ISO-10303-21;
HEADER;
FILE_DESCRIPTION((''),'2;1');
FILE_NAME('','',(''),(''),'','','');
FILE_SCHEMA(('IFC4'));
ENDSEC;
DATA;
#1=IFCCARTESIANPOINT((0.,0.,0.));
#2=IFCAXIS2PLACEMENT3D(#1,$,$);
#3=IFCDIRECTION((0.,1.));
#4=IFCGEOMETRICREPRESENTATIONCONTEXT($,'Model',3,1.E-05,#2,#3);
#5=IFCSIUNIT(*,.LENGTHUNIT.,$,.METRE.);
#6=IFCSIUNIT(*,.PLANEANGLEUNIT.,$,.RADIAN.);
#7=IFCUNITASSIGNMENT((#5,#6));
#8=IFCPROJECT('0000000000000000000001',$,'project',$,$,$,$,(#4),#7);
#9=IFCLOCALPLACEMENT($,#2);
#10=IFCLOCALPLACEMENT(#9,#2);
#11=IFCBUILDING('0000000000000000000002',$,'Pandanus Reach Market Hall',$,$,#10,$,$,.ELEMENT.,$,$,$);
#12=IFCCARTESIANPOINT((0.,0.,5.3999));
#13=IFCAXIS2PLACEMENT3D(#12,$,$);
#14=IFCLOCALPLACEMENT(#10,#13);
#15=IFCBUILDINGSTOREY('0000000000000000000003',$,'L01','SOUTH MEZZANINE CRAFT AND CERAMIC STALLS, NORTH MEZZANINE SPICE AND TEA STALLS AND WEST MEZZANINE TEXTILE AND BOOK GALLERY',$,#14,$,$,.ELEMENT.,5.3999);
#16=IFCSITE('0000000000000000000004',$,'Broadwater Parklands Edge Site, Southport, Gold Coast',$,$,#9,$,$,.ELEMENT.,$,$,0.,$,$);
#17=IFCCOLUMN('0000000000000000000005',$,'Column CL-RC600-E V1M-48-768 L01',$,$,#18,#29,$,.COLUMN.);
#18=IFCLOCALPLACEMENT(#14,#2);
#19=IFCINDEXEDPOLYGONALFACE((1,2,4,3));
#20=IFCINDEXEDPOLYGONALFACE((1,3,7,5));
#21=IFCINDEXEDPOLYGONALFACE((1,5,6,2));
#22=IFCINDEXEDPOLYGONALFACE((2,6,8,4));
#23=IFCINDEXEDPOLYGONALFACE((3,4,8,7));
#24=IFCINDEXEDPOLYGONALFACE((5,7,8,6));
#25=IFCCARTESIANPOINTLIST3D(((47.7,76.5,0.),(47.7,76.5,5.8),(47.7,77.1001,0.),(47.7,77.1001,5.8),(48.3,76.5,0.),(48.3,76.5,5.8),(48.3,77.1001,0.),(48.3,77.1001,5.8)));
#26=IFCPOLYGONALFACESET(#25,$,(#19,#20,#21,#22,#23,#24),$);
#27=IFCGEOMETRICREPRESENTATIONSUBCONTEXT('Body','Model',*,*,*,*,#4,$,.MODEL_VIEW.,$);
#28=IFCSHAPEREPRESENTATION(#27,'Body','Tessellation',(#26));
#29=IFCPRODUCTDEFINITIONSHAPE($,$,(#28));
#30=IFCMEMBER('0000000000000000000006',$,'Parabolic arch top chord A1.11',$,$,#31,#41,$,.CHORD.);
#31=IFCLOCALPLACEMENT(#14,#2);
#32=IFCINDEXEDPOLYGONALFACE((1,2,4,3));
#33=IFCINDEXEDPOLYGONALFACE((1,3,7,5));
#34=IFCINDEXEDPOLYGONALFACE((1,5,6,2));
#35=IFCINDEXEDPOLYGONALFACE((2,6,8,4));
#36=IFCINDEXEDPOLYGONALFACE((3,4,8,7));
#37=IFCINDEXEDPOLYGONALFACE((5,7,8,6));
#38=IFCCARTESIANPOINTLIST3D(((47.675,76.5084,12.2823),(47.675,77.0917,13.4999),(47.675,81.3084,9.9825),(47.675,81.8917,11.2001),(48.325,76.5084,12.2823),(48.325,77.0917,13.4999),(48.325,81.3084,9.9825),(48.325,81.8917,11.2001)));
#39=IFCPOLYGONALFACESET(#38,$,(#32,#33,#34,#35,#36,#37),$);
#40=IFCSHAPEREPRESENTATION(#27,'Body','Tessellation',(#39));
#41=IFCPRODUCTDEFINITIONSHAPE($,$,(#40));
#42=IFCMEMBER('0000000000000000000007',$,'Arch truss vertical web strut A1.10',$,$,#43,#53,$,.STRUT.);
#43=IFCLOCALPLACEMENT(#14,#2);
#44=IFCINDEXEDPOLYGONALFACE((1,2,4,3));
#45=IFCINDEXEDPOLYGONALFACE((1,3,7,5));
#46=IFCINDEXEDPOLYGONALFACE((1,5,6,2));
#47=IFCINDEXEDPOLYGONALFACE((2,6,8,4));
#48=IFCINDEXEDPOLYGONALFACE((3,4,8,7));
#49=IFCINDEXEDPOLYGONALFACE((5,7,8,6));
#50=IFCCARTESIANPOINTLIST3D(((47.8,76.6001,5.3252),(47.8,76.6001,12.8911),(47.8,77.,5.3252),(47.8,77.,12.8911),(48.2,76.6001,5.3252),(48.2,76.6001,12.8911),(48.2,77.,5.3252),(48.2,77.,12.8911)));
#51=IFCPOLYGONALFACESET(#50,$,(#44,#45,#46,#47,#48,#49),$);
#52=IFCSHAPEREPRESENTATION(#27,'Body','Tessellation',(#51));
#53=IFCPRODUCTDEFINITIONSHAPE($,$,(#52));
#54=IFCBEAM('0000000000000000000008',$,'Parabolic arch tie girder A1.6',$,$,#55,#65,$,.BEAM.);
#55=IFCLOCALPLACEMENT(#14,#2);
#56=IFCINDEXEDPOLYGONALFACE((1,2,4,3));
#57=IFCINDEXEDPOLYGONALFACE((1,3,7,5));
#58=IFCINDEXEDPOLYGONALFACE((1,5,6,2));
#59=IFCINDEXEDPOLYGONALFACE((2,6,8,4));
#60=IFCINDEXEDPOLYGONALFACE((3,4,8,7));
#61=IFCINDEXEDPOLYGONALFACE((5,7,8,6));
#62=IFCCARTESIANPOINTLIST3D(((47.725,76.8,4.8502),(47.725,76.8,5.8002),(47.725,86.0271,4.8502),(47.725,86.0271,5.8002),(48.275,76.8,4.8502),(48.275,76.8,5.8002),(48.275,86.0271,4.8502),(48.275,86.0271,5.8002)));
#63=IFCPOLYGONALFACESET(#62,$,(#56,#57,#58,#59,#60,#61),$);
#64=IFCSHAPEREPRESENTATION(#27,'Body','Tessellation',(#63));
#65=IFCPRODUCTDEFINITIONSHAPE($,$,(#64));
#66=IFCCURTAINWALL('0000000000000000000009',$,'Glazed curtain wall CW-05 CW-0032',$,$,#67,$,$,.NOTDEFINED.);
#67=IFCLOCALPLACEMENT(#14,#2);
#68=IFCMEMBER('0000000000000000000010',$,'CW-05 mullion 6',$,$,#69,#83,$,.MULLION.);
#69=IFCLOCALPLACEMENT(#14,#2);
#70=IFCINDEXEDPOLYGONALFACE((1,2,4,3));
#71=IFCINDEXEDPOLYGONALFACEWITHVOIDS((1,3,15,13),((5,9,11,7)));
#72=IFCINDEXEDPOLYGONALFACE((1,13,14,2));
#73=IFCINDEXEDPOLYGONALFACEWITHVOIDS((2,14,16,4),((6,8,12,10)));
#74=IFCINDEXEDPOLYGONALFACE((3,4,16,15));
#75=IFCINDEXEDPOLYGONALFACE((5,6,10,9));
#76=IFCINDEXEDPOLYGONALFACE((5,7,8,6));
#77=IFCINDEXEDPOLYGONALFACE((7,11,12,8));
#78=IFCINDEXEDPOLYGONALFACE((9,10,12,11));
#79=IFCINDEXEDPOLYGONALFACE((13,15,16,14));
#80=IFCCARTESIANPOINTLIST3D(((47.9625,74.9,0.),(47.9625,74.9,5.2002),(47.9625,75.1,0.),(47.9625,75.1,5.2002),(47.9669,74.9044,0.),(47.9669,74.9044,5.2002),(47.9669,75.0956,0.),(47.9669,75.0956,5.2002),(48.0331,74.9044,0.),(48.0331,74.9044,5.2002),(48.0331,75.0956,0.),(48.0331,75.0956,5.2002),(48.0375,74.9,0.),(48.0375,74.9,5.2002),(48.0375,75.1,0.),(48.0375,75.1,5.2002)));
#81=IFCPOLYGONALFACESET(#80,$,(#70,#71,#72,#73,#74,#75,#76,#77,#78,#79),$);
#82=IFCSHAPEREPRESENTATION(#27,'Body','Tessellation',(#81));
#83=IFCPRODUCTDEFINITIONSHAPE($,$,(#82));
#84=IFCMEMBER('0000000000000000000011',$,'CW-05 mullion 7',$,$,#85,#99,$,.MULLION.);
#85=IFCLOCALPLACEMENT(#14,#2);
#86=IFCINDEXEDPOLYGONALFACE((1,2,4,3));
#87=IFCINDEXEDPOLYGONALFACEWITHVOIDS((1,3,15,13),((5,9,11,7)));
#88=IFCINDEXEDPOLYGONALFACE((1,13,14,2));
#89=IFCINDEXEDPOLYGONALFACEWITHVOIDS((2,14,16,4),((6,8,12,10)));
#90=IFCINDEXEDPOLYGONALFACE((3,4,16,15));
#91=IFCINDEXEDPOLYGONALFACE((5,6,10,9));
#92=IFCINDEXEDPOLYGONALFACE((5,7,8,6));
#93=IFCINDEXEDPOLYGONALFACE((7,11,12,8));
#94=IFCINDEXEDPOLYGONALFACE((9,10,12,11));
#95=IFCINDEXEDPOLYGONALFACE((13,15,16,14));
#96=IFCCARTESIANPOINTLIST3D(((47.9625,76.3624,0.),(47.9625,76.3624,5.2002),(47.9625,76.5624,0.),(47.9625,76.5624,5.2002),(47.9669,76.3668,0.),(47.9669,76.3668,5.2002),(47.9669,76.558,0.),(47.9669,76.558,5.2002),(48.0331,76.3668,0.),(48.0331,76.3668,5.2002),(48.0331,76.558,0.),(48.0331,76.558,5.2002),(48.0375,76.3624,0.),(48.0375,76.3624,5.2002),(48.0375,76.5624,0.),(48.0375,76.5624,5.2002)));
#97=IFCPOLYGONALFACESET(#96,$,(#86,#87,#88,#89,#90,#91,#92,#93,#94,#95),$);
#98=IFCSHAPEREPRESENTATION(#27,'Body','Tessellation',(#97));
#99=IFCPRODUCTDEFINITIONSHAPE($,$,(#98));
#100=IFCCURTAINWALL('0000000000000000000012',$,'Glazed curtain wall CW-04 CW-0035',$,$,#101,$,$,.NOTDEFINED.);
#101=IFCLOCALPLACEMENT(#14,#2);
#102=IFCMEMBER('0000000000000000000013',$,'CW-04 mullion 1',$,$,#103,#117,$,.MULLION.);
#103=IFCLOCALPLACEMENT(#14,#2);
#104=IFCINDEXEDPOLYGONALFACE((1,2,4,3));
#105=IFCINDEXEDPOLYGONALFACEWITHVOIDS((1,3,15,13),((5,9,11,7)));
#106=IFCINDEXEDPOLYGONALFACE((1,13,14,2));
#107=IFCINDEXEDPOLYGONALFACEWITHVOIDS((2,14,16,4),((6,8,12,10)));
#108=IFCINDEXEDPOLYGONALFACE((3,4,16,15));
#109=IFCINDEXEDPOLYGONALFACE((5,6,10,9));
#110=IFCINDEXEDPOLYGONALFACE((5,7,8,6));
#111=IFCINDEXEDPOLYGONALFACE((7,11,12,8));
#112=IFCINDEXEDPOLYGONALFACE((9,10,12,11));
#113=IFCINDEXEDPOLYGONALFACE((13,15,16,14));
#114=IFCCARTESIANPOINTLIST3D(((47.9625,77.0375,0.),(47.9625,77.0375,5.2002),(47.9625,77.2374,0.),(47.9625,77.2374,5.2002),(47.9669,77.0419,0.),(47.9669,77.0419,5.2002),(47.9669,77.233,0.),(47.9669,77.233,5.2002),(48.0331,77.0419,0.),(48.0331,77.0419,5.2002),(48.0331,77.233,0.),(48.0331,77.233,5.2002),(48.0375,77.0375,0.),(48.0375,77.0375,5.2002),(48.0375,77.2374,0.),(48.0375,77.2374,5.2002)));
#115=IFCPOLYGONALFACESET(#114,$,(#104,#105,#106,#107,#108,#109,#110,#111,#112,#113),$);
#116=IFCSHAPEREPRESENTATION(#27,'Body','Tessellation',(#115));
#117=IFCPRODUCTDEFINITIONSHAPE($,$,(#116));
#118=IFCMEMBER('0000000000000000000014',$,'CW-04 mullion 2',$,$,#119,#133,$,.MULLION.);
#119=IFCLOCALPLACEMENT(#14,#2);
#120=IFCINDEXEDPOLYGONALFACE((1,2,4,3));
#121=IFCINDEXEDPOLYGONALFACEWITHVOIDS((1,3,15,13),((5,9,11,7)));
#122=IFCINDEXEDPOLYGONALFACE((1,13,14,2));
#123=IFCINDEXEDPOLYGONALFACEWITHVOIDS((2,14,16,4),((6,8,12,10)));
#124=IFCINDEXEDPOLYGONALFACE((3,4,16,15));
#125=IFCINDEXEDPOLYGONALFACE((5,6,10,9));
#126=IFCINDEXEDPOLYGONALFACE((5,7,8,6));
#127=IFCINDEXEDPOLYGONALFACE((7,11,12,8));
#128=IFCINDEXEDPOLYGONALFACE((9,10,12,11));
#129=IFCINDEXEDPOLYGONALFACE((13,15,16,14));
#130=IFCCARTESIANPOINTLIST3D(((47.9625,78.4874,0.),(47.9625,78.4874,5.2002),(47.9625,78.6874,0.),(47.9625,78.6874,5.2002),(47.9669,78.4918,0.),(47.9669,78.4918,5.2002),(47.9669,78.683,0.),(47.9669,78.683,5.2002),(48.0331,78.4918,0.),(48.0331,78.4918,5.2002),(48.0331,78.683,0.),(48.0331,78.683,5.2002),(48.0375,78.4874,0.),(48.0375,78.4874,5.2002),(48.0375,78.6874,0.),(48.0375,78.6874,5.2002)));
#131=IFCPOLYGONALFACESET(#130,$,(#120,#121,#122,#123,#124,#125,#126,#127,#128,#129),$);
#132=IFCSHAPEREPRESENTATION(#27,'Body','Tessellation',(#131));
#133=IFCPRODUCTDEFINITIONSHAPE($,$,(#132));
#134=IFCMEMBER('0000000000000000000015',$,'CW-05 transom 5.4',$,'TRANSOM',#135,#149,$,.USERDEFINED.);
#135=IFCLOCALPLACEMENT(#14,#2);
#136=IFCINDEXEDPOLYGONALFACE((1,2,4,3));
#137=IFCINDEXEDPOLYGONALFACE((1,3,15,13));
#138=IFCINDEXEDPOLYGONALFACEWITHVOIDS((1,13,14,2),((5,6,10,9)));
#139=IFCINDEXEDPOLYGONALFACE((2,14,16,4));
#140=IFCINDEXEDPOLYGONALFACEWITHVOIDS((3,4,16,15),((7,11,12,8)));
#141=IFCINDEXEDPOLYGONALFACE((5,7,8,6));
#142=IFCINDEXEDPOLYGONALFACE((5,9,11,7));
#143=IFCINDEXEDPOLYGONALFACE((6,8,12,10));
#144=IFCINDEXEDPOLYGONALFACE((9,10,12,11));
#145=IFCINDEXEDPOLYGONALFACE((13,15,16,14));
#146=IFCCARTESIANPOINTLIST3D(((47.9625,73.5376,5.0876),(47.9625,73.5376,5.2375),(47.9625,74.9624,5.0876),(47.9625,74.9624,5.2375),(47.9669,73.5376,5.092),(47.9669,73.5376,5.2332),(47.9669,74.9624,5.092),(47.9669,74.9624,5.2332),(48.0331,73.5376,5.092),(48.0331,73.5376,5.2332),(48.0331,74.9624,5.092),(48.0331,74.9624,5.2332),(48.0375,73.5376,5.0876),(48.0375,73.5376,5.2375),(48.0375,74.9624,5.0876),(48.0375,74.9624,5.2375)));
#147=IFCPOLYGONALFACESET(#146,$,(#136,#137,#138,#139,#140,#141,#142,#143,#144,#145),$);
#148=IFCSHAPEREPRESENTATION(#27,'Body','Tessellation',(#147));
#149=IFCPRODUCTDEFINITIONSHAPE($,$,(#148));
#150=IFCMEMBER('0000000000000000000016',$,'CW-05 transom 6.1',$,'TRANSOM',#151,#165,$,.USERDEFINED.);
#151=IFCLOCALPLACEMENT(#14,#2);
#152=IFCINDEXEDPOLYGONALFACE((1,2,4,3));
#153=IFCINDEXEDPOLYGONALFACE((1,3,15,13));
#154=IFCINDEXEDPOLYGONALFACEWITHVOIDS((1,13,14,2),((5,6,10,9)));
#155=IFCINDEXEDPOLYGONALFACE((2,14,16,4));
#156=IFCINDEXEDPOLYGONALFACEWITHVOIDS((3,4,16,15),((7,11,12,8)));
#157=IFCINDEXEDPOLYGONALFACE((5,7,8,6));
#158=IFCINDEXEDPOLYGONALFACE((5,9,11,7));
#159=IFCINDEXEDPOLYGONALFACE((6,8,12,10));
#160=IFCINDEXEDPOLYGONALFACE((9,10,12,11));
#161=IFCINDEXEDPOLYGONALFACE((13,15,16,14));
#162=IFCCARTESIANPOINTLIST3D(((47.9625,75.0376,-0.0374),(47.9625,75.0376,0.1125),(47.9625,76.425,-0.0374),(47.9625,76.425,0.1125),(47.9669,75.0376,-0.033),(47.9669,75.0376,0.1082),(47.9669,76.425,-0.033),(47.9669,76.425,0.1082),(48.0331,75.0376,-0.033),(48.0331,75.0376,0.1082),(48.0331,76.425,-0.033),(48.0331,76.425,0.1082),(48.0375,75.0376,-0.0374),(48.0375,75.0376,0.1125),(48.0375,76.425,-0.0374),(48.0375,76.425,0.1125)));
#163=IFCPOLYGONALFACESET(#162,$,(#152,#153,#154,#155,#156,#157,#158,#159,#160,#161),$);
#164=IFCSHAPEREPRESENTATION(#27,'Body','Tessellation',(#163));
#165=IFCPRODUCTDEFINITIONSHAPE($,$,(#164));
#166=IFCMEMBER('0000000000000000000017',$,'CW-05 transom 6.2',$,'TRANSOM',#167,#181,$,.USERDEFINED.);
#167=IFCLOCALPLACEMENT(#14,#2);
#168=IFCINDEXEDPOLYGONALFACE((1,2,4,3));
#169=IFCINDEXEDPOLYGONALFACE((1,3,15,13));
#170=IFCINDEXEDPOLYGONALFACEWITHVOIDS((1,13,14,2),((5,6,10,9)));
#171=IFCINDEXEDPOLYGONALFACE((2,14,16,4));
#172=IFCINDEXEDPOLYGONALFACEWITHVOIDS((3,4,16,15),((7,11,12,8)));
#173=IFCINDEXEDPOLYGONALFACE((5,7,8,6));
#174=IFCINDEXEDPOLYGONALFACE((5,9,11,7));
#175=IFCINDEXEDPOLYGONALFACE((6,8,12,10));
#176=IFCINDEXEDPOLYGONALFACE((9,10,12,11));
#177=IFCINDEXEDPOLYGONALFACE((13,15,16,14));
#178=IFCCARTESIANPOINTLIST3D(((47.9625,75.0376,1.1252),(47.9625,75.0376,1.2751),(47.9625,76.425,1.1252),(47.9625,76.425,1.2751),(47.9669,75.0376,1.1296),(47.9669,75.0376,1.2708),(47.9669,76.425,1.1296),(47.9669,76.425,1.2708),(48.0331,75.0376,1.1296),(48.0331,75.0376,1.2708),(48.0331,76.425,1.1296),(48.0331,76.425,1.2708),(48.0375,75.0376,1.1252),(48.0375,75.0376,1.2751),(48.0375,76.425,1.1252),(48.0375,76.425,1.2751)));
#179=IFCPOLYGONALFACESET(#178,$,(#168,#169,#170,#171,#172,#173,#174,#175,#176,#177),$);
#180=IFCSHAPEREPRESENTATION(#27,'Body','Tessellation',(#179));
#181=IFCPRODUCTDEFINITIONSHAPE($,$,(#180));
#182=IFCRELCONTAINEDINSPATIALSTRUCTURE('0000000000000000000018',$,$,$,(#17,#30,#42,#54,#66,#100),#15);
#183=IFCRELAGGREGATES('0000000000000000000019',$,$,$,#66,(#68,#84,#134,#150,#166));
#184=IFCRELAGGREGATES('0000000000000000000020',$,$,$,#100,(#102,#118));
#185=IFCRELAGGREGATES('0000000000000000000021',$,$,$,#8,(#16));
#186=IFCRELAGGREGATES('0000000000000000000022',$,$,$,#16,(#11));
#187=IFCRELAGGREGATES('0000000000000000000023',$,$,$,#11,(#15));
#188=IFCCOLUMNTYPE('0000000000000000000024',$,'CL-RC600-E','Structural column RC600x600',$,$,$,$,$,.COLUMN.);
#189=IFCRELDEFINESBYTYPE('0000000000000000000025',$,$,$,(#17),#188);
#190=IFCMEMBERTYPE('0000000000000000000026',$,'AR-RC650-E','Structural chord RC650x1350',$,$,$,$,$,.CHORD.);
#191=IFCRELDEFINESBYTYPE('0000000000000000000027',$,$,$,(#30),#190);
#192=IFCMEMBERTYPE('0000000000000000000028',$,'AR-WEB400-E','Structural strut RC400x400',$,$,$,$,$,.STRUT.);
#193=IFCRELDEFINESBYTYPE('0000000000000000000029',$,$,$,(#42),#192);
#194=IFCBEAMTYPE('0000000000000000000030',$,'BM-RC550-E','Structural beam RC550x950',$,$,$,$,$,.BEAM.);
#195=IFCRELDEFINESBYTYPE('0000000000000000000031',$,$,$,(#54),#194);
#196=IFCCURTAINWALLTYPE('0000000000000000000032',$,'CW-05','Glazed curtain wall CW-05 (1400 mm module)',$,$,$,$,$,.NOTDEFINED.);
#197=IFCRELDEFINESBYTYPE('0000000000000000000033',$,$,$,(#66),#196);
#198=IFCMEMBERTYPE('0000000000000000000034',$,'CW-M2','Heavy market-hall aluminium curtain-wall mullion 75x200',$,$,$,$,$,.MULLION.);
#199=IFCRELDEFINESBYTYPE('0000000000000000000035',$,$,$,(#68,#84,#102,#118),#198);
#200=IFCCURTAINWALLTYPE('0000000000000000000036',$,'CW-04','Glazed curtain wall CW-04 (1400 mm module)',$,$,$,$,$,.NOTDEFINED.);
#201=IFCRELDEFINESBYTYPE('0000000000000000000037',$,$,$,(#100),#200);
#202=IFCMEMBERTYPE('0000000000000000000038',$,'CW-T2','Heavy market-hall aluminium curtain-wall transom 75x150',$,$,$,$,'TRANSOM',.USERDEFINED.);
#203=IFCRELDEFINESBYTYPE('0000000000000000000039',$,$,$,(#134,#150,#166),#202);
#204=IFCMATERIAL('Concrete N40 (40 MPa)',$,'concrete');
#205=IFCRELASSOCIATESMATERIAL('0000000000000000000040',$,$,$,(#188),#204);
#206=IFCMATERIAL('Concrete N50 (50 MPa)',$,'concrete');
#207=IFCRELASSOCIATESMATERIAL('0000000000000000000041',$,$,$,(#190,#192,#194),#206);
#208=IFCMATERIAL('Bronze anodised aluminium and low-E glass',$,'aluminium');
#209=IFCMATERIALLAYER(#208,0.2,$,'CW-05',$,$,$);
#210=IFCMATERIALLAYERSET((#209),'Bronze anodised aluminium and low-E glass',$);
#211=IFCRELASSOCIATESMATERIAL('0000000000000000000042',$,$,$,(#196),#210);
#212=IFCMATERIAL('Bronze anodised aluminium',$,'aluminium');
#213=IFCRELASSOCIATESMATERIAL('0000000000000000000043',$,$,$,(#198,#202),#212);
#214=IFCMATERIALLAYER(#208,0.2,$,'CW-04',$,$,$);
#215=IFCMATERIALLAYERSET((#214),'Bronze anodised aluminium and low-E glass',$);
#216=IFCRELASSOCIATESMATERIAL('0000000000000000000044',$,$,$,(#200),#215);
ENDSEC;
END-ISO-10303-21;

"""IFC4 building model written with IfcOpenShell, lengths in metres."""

from ifc_helpers import new_model, si_unit, direction, frame, origin, origin_2d, place, context, subcontext, project, spatial, rectangle, hollow_rectangle, extrude, material, layer, layer_set, material_profile, profile_set, type_object, element, aggregate, save


model = new_model("IFC4")

# Units and contexts
model_context = context("Model", 3, precision=1e-05, world=origin(), true_north=direction((0.0, 1.0)))
body_context = subcontext(model_context, "Body", "Model", "MODEL_VIEW")
ifc_project = project(units=[si_unit("LENGTHUNIT", "METRE"), si_unit("PLANEANGLEUNIT", "RADIAN")], contexts=[model_context])

# Site, building, storey
site_placement = place(None, origin())
site = spatial("IfcSite", under=ifc_project, at=site_placement, Name="Broadwater Parklands Edge Site, Southport, Gold Coast", CompositionType="ELEMENT", RefElevation=0.0)
building_placement = place(site_placement, origin())
building = spatial("IfcBuilding", under=site, at=building_placement, Name="Pandanus Reach Market Hall", CompositionType="ELEMENT")
storey_placement = place(building_placement, frame((0.0, 0.0, 5.3999)))
storey = spatial("IfcBuildingStorey", under=building, at=storey_placement, Name="L01", Description="SOUTH MEZZANINE CRAFT AND CERAMIC STALLS, NORTH MEZZANINE SPICE AND TEA STALLS AND WEST MEZZANINE TEXTILE AND BOOK GALLERY", CompositionType="ELEMENT", Elevation=5.3999)

# Column
ifc_material_1 = material(Name="Concrete N40 (40 MPa)", Category="concrete")
ifc_material_profile_1 = material_profile(ifc_material_1, rectangle(XDim=0.6001, YDim=0.6001, at=origin_2d()), Name="RC600x600", Category="LoadBearing")
ifc_profile_set_1 = profile_set([ifc_material_profile_1], Name="Concrete N40 (40 MPa)")
column_type = type_object("IfcColumnType", Name="CL-RC600-E", Description="Structural column RC600x600", PredefinedType="COLUMN", material=ifc_profile_set_1)
column_placement = place(storey_placement, frame((48.0, 76.8, 0.0), z_axis=(0.0, 0.0, 1.0), x_axis=(1.0, 0.0, 0.0)))
element("IfcColumn", 1, at=column_placement, inside=storey, type_object=column_type, Name="Column CL-RC600-E V1M-48-768 L01", PredefinedType="COLUMN", context=body_context, shape_type="SweptSolid", body=[
    extrude(rectangle(XDim=0.6001, YDim=0.6001, at=origin_2d()), origin(), (0.0, 0.0, 1.0), 5.8),
])

# Members
ifc_material_2 = material(Name="Concrete N50 (50 MPa)", Category="concrete")
ifc_material_profile_2 = material_profile(ifc_material_2, rectangle(XDim=0.6499, YDim=1.3501, at=origin_2d()), Name="RC650x1350", Category="LoadBearing")
ifc_profile_set_2 = profile_set([ifc_material_profile_2], Name="Concrete N50 (50 MPa)")
member_type_1 = type_object("IfcMemberType", Name="AR-RC650-E", Description="Structural chord RC650x1350", PredefinedType="CHORD", material=ifc_profile_set_2)
member_1_placement = place(storey_placement, frame((48.0, 76.8, 12.8911), z_axis=(0.0, 0.901832, -0.432087), x_axis=(-1.0, 0.0, 0.0)))
element("IfcMember", 2, at=member_1_placement, inside=storey, type_object=member_type_1, Name="Parabolic arch top chord A1.11", PredefinedType="CHORD", context=body_context, shape_type="SweptSolid", body=[
    extrude(rectangle(XDim=0.6499, YDim=1.3501, at=origin_2d()), origin(), (0.0, 0.0, 1.0), 5.3225),
])
ifc_material_profile_3 = material_profile(ifc_material_2, rectangle(XDim=0.3999, YDim=0.3999, at=origin_2d()), Name="RC400x400", Category="LoadBearing")
ifc_profile_set_3 = profile_set([ifc_material_profile_3], Name="Concrete N50 (50 MPa)")
member_type_2 = type_object("IfcMemberType", Name="AR-WEB400-E", Description="Structural strut RC400x400", PredefinedType="STRUT", material=ifc_profile_set_3)
member_2_placement = place(storey_placement, frame((48.0, 76.8, 5.3252), z_axis=(0.0, 0.0, 1.0), x_axis=(1.0, 0.0, 0.0)))
element("IfcMember", 3, at=member_2_placement, inside=storey, type_object=member_type_2, Name="Arch truss vertical web strut A1.10", PredefinedType="STRUT", context=body_context, shape_type="SweptSolid", body=[
    extrude(rectangle(XDim=0.3999, YDim=0.3999, at=origin_2d()), origin(), (0.0, 0.0, 1.0), 7.5659),
])

# Beam
ifc_material_profile_4 = material_profile(ifc_material_2, rectangle(XDim=0.55, YDim=0.95, at=origin_2d()), Name="RC550x950", Category="LoadBearing")
ifc_profile_set_4 = profile_set([ifc_material_profile_4], Name="Concrete N50 (50 MPa)")
beam_type = type_object("IfcBeamType", Name="BM-RC550-E", Description="Structural beam RC550x950", PredefinedType="BEAM", material=ifc_profile_set_4)
beam_placement = place(storey_placement, frame((48.0, 76.8, 5.3252), z_axis=(0.0, 1.0, 0.0), x_axis=(-1.0, 0.0, 0.0)))
element("IfcBeam", 4, at=beam_placement, inside=storey, type_object=beam_type, Name="Parabolic arch tie girder A1.6", PredefinedType="BEAM", context=body_context, shape_type="SweptSolid", body=[
    extrude(rectangle(XDim=0.55, YDim=0.95, at=origin_2d()), origin(), (0.0, 0.0, 1.0), 9.2271),
])

# Curtain walls, members
ifc_material_3 = material(Name="Bronze anodised aluminium and low-E glass", Category="aluminium")
ifc_layer_1 = layer(ifc_material_3, 0.2, Name="CW-05")
ifc_layer_set_1 = layer_set([ifc_layer_1], Name="Bronze anodised aluminium and low-E glass")
curtain_wall_type_1 = type_object("IfcCurtainWallType", Name="CW-05", Description="Glazed curtain wall CW-05 (1400 mm module)", PredefinedType="NOTDEFINED", material=ifc_layer_set_1)
curtain_wall_1_placement = place(storey_placement, origin())
curtain_wall_1 = element("IfcCurtainWall", 5, at=curtain_wall_1_placement, inside=storey, type_object=curtain_wall_type_1, Name="Glazed curtain wall CW-05 CW-0032", PredefinedType="NOTDEFINED")
ifc_material_4 = material(Name="Bronze anodised aluminium", Category="aluminium")
ifc_material_profile_5 = material_profile(ifc_material_4, hollow_rectangle(XDim=0.075, YDim=0.2, WallThickness=0.0044, at=origin_2d()), Name="ALU75x200", Category="LoadBearing")
ifc_profile_set_5 = profile_set([ifc_material_profile_5], Name="Bronze anodised aluminium")
member_type_3 = type_object("IfcMemberType", Name="CW-M2", Description="Heavy market-hall aluminium curtain-wall mullion 75x200", PredefinedType="MULLION", material=ifc_profile_set_5)
member_3_placement = place(storey_placement, frame((48.0, 75.0, 0.0), z_axis=(0.0, 0.0, 1.0), x_axis=(-1.0, 0.0, 0.0)))
member_3 = element("IfcMember", 6, at=member_3_placement, type_object=member_type_3, Name="CW-05 mullion 6", PredefinedType="MULLION", context=body_context, shape_type="SweptSolid", body=[
    extrude(hollow_rectangle(XDim=0.075, YDim=0.2, WallThickness=0.0044, at=origin_2d()), origin(), (0.0, 0.0, 1.0), 5.2002),
])
member_4_placement = place(storey_placement, frame((48.0, 76.4624, 0.0), z_axis=(0.0, 0.0, 1.0), x_axis=(-1.0, 0.0, 0.0)))
member_4 = element("IfcMember", 7, at=member_4_placement, type_object=member_type_3, Name="CW-05 mullion 7", PredefinedType="MULLION", context=body_context, shape_type="SweptSolid", body=[
    extrude(hollow_rectangle(XDim=0.075, YDim=0.2, WallThickness=0.0044, at=origin_2d()), origin(), (0.0, 0.0, 1.0), 5.2002),
])
ifc_layer_2 = layer(ifc_material_3, 0.2, Name="CW-04")
ifc_layer_set_2 = layer_set([ifc_layer_2], Name="Bronze anodised aluminium and low-E glass")
curtain_wall_type_2 = type_object("IfcCurtainWallType", Name="CW-04", Description="Glazed curtain wall CW-04 (1400 mm module)", PredefinedType="NOTDEFINED", material=ifc_layer_set_2)
curtain_wall_2_placement = place(storey_placement, origin())
curtain_wall_2 = element("IfcCurtainWall", 8, at=curtain_wall_2_placement, inside=storey, type_object=curtain_wall_type_2, Name="Glazed curtain wall CW-04 CW-0035", PredefinedType="NOTDEFINED")
member_5_placement = place(storey_placement, frame((48.0, 77.1375, 0.0), z_axis=(0.0, 0.0, 1.0), x_axis=(-1.0, 0.0, 0.0)))
member_5 = element("IfcMember", 9, at=member_5_placement, type_object=member_type_3, Name="CW-04 mullion 1", PredefinedType="MULLION", context=body_context, shape_type="SweptSolid", body=[
    extrude(hollow_rectangle(XDim=0.075, YDim=0.2, WallThickness=0.0044, at=origin_2d()), origin(), (0.0, 0.0, 1.0), 5.2002),
])
member_6_placement = place(storey_placement, frame((48.0, 78.5874, 0.0), z_axis=(0.0, 0.0, 1.0), x_axis=(-1.0, 0.0, 0.0)))
member_6 = element("IfcMember", 10, at=member_6_placement, type_object=member_type_3, Name="CW-04 mullion 2", PredefinedType="MULLION", context=body_context, shape_type="SweptSolid", body=[
    extrude(hollow_rectangle(XDim=0.075, YDim=0.2, WallThickness=0.0044, at=origin_2d()), origin(), (0.0, 0.0, 1.0), 5.2002),
])

# Members
ifc_material_profile_6 = material_profile(ifc_material_4, hollow_rectangle(XDim=0.075, YDim=0.1499, WallThickness=0.0044, at=origin_2d()), Name="ALU75x150", Category="LoadBearing")
ifc_profile_set_6 = profile_set([ifc_material_profile_6], Name="Bronze anodised aluminium")
member_type_4 = type_object("IfcMemberType", Name="CW-T2", Description="Heavy market-hall aluminium curtain-wall transom 75x150", ElementType="TRANSOM", PredefinedType="USERDEFINED", material=ifc_profile_set_6)
member_7_placement = place(storey_placement, frame((48.0, 73.5376, 5.1626), z_axis=(0.0, 1.0, 0.0), x_axis=(-1.0, 0.0, 0.0)))
member_7 = element("IfcMember", 11, at=member_7_placement, type_object=member_type_4, Name="CW-05 transom 5.4", ObjectType="TRANSOM", PredefinedType="USERDEFINED", context=body_context, shape_type="SweptSolid", body=[
    extrude(hollow_rectangle(XDim=0.075, YDim=0.1499, WallThickness=0.0044, at=origin_2d()), origin(), (0.0, 0.0, 1.0), 1.4248),
])
member_8_placement = place(storey_placement, frame((48.0, 75.0376, 0.0376), z_axis=(0.0, 1.0, 0.0), x_axis=(-1.0, 0.0, 0.0)))
member_8 = element("IfcMember", 12, at=member_8_placement, type_object=member_type_4, Name="CW-05 transom 6.1", ObjectType="TRANSOM", PredefinedType="USERDEFINED", context=body_context, shape_type="SweptSolid", body=[
    extrude(hollow_rectangle(XDim=0.075, YDim=0.1499, WallThickness=0.0044, at=origin_2d()), origin(), (0.0, 0.0, 1.0), 1.3875),
])
member_9_placement = place(storey_placement, frame((48.0, 75.0376, 1.2002), z_axis=(0.0, 1.0, 0.0), x_axis=(-1.0, 0.0, 0.0)))
member_9 = element("IfcMember", 13, at=member_9_placement, type_object=member_type_4, Name="CW-05 transom 6.2", ObjectType="TRANSOM", PredefinedType="USERDEFINED", context=body_context, shape_type="SweptSolid", body=[
    extrude(hollow_rectangle(XDim=0.075, YDim=0.1499, WallThickness=0.0044, at=origin_2d()), origin(), (0.0, 0.0, 1.0), 1.3875),
])

aggregate(curtain_wall_1, [member_3, member_4, member_7, member_8, member_9])
aggregate(curtain_wall_2, [member_5, member_6])

save(model, "model.ifc")
